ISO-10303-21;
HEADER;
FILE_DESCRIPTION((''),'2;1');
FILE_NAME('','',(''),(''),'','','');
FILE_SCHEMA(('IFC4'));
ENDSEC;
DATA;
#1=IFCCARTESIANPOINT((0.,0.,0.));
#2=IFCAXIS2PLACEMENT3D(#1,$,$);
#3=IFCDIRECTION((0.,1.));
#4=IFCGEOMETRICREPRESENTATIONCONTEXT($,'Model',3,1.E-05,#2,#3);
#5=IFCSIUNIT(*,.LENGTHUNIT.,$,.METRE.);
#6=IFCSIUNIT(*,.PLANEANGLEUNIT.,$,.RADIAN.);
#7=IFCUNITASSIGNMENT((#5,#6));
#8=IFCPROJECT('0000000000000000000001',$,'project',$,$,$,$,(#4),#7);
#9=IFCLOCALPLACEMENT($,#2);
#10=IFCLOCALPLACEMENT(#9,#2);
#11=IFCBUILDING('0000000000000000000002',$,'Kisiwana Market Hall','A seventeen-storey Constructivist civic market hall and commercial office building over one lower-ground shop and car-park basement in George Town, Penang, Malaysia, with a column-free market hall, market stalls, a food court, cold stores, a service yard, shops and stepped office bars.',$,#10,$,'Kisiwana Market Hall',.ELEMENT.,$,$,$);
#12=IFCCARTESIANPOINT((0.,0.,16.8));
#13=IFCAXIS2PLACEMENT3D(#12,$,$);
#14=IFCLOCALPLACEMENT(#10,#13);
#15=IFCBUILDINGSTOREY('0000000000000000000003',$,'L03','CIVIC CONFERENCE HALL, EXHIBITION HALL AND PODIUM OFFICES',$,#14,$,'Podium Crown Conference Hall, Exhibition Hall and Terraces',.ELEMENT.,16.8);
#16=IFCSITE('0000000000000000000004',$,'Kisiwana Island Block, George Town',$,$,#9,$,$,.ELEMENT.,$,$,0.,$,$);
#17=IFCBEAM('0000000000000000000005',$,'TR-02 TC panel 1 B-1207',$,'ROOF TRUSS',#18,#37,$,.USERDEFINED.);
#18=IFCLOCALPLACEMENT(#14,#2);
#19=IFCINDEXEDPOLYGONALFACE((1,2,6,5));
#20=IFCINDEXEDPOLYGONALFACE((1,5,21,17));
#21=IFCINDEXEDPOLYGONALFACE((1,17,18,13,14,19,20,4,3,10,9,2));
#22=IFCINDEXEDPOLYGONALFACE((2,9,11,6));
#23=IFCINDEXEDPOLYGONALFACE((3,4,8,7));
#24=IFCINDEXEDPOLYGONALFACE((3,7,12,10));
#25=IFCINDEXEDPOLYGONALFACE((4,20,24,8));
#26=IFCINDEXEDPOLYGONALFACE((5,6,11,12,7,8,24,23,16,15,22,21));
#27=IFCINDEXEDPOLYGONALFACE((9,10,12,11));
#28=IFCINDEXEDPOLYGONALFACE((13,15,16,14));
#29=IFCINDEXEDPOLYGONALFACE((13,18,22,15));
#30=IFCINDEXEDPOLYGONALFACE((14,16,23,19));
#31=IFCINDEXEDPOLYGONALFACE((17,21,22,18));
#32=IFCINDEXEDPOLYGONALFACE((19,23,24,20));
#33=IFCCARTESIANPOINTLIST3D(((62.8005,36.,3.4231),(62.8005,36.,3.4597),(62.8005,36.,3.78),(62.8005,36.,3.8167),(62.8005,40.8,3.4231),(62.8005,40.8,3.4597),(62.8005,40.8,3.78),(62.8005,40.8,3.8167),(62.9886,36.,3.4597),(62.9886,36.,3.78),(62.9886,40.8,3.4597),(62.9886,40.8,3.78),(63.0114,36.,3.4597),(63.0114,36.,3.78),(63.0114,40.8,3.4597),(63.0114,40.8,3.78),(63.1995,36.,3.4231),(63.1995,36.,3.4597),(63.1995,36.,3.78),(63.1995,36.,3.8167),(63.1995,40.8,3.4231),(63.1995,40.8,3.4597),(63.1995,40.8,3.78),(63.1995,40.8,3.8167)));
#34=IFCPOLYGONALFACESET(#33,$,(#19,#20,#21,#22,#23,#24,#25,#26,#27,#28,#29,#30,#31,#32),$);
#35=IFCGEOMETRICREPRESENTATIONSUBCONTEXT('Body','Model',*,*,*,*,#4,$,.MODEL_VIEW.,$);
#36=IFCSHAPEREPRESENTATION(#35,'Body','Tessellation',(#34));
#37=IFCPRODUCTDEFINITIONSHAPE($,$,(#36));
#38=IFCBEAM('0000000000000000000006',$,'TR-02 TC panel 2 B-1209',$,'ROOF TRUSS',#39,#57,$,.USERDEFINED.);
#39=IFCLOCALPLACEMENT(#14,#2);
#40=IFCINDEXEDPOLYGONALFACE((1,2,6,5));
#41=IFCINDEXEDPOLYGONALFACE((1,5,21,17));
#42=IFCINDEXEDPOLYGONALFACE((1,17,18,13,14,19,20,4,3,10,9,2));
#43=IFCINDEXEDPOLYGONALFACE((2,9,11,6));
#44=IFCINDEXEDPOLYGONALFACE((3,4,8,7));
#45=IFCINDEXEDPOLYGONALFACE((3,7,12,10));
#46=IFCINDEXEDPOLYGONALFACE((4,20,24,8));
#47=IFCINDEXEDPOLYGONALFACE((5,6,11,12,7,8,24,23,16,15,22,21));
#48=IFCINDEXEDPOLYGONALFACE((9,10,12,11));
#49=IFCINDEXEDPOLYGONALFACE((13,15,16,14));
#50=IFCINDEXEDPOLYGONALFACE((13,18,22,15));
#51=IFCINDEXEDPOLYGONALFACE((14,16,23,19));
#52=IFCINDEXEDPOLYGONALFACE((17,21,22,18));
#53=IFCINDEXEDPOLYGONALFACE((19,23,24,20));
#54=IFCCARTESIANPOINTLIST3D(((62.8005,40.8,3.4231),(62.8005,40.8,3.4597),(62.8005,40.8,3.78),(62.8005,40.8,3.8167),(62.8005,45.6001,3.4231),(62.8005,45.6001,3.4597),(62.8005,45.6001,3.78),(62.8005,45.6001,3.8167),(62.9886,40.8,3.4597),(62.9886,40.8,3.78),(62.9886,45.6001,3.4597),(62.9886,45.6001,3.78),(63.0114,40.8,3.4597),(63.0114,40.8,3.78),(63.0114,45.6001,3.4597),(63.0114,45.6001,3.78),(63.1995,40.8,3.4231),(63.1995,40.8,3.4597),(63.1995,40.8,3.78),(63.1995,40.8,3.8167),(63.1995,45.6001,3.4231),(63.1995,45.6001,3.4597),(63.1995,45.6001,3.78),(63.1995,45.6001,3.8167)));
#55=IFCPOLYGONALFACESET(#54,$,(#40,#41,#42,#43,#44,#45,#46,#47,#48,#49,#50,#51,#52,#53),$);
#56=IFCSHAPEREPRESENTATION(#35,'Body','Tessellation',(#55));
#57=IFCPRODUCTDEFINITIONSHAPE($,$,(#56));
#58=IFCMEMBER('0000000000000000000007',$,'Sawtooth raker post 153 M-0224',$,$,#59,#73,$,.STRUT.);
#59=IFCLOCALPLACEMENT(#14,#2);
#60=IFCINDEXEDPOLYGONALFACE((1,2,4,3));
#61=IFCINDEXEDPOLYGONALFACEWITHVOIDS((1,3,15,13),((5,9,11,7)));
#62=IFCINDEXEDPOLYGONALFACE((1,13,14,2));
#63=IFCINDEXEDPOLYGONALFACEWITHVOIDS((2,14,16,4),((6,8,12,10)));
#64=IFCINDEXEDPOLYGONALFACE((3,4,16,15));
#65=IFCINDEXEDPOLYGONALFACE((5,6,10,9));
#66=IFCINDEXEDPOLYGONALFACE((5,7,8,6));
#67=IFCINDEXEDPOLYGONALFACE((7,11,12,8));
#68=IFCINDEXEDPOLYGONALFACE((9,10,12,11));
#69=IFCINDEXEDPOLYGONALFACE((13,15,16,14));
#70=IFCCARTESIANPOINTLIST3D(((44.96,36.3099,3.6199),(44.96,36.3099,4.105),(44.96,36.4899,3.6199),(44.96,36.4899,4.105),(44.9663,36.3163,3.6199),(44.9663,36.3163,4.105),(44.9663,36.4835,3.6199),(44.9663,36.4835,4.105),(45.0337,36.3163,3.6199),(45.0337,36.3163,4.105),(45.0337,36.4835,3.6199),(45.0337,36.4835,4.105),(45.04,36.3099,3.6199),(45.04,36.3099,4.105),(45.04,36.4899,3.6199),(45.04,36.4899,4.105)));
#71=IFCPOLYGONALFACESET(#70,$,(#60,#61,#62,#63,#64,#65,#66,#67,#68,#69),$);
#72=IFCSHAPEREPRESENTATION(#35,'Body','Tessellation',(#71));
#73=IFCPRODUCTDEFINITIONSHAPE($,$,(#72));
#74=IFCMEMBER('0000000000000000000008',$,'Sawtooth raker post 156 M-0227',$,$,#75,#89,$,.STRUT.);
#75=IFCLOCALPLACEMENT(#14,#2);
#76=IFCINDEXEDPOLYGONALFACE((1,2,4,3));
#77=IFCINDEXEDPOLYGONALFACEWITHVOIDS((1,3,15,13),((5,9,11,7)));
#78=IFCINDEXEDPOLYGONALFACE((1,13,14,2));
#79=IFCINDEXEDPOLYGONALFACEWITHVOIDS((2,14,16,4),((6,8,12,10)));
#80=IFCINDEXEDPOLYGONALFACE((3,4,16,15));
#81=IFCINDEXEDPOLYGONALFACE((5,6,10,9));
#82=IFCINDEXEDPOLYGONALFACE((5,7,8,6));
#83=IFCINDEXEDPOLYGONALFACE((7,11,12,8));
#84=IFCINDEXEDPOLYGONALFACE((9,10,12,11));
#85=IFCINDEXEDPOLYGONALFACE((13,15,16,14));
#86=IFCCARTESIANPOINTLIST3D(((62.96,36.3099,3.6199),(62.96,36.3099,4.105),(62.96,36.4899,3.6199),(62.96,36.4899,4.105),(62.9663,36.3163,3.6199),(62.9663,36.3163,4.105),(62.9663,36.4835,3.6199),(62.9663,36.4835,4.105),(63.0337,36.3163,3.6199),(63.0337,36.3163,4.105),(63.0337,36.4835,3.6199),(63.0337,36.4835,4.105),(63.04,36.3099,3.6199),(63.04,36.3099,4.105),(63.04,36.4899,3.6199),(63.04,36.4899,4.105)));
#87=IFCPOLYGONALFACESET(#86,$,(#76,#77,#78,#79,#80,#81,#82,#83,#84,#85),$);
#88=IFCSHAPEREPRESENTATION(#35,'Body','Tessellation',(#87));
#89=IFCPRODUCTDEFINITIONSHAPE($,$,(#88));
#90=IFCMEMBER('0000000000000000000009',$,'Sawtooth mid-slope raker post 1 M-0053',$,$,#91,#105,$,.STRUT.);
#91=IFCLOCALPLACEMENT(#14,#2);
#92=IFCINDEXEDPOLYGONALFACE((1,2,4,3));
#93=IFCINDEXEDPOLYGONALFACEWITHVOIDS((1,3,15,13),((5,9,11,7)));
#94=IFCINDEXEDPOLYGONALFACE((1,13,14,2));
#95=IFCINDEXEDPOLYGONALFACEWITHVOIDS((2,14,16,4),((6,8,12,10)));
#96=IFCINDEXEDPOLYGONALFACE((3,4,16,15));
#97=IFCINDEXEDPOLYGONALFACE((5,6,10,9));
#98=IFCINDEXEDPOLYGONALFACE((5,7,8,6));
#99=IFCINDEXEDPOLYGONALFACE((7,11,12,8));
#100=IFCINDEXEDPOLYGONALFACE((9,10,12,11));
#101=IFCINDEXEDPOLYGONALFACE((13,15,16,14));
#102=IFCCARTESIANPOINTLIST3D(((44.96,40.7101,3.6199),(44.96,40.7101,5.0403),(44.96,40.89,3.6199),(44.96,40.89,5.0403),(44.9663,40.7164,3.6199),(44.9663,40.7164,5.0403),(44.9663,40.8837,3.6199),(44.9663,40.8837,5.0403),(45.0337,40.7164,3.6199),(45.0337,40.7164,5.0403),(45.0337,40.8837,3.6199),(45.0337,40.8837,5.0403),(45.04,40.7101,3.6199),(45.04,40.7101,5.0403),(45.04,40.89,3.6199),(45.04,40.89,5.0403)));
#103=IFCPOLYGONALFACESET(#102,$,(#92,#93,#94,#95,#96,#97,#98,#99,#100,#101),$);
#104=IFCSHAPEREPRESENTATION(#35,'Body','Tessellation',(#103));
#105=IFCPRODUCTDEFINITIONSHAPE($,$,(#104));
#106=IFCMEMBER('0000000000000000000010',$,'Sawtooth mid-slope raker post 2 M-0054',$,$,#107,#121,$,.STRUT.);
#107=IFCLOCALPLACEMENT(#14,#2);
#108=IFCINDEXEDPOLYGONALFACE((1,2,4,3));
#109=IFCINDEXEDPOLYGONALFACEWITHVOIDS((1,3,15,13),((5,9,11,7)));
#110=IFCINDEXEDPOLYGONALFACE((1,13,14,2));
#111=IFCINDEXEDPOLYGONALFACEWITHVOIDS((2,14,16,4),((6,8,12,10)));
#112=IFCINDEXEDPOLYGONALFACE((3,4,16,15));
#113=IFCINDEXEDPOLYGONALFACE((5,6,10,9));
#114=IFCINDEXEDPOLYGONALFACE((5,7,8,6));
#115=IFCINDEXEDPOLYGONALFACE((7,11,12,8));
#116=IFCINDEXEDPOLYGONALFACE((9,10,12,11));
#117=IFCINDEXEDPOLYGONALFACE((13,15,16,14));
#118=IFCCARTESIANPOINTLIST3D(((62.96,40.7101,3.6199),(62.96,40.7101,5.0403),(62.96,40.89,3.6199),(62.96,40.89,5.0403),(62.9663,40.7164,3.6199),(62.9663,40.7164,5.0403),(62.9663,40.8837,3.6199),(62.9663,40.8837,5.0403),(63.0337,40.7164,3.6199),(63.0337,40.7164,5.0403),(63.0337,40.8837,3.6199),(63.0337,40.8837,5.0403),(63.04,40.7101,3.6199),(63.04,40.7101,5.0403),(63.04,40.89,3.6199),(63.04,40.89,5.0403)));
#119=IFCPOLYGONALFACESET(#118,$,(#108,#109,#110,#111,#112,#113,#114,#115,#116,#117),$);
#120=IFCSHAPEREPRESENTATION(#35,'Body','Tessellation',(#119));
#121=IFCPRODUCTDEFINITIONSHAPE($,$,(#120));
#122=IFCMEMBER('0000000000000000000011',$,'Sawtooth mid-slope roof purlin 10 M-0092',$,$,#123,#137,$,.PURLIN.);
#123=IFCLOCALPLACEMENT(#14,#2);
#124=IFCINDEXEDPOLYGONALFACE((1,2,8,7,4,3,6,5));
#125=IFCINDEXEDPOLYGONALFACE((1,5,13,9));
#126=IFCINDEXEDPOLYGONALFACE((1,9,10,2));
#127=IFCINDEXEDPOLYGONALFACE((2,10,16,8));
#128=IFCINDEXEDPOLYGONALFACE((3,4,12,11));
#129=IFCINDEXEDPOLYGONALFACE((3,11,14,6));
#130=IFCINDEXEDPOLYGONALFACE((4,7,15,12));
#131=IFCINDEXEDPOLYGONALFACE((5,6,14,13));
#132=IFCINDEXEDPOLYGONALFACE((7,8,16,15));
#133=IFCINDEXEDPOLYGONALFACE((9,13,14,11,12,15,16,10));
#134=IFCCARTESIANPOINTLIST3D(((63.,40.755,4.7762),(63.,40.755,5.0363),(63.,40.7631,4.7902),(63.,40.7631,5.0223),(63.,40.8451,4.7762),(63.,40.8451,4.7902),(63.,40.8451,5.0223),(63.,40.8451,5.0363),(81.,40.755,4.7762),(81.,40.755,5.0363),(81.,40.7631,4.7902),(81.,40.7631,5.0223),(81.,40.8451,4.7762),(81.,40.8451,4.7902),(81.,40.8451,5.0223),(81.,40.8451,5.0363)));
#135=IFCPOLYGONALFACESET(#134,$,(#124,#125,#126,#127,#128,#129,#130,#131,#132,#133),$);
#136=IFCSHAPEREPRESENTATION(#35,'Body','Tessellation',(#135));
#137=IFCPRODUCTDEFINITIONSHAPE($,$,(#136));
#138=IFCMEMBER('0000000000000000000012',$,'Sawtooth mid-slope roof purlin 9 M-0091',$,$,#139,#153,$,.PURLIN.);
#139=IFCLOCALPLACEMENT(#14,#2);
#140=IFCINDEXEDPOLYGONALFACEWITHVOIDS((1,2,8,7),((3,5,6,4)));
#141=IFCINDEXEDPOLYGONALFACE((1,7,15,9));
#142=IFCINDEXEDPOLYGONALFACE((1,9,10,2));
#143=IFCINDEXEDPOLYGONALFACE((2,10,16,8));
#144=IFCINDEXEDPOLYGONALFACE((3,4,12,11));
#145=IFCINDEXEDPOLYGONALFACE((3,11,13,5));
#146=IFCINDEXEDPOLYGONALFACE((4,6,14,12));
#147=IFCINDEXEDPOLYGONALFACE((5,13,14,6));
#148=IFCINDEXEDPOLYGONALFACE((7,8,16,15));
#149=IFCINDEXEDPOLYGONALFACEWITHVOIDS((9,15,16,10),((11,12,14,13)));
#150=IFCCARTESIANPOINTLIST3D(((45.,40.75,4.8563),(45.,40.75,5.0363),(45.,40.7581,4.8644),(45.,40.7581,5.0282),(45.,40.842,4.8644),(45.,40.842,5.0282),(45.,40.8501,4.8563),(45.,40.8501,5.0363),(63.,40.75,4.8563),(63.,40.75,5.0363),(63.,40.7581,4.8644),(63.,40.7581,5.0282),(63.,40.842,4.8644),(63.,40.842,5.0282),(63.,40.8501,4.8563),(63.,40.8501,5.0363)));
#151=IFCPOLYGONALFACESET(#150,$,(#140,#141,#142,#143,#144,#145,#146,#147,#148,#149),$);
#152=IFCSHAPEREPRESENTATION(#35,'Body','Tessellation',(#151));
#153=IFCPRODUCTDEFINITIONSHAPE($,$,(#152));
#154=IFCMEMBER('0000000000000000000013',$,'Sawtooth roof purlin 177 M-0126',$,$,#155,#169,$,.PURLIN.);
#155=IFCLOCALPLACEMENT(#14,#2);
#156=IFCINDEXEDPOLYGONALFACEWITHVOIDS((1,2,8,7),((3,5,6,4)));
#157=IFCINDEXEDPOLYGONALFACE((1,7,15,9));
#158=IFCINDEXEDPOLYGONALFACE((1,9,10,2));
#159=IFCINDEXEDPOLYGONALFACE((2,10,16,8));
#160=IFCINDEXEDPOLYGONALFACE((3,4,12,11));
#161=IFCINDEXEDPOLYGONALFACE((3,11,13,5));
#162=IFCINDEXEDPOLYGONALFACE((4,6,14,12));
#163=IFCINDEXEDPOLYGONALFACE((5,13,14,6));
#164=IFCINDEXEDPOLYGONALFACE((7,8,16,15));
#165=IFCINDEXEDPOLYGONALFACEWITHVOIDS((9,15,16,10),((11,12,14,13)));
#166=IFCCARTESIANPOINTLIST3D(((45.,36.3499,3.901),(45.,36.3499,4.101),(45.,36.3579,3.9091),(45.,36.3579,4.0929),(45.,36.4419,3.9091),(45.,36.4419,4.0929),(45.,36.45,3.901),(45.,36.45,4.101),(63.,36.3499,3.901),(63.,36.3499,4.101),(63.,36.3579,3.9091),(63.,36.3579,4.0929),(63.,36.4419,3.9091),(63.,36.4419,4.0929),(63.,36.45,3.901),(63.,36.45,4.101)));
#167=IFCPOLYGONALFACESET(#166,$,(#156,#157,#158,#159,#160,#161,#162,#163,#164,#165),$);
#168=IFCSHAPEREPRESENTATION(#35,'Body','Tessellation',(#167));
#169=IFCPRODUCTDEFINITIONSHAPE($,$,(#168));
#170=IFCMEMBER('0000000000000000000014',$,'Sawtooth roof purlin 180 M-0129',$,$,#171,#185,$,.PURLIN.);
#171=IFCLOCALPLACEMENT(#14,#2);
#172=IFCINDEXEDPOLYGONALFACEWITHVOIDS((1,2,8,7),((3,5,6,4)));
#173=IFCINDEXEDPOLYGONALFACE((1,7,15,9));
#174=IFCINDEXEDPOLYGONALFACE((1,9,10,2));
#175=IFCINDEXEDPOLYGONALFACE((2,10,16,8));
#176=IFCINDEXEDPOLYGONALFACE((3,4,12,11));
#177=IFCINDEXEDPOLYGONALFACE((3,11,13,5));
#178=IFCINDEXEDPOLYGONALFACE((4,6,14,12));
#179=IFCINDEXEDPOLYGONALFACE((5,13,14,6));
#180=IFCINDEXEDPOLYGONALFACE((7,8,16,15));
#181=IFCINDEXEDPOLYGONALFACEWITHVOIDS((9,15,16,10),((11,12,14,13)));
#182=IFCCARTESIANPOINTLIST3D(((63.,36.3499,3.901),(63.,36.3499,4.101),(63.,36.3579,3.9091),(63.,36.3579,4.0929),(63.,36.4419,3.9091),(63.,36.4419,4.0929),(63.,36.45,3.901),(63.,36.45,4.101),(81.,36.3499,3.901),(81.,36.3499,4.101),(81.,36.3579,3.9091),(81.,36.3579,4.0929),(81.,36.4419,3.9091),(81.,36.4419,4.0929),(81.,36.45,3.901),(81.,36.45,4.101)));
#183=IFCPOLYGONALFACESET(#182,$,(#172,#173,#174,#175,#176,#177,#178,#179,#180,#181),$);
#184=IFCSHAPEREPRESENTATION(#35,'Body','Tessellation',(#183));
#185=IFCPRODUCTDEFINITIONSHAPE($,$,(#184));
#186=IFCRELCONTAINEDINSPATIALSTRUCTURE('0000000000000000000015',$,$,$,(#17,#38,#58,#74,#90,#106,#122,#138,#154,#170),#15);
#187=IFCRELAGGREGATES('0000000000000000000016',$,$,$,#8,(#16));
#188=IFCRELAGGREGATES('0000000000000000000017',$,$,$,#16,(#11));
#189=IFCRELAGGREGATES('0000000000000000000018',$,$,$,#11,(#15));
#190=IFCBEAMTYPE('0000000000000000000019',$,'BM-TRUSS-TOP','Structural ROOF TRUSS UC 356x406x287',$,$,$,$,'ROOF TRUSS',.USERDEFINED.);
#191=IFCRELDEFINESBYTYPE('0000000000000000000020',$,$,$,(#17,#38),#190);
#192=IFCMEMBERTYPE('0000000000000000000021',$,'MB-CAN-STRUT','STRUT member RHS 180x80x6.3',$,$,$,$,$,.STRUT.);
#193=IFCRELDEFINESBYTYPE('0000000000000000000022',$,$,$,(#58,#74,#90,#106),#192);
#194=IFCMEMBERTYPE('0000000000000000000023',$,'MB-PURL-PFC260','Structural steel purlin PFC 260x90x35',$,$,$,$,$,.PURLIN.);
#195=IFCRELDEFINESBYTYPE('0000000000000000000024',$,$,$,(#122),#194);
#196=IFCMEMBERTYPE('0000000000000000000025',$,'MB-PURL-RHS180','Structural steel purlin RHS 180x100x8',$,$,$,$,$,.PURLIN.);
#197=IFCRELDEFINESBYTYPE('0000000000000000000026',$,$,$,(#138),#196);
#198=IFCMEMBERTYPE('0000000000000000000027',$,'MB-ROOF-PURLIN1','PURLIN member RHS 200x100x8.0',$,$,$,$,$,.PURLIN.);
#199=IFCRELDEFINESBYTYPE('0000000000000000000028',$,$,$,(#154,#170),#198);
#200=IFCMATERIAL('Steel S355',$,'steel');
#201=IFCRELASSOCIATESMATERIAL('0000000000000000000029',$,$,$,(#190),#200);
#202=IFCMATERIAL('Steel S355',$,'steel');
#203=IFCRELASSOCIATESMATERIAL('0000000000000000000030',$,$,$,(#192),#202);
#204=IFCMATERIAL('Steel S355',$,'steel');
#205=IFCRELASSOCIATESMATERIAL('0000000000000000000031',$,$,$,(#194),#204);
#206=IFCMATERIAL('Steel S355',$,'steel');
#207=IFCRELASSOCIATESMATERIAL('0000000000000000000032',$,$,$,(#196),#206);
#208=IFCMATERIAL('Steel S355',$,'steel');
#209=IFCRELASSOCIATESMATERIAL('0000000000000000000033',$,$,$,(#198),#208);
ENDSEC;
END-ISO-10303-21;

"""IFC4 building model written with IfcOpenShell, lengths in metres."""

from ifc_helpers import new_model, si_unit, direction, frame, origin, origin_2d, place, context, subcontext, project, spatial, hollow_rectangle, i_section, u_section, extrude, material, material_profile, profile_set, type_object, element, save


model = new_model("IFC4")

# Units and contexts
model_context = context("Model", 3, precision=1e-05, world=origin(), true_north=direction((0.0, 1.0)))
body_context = subcontext(model_context, "Body", "Model", "MODEL_VIEW")
ifc_project = project(units=[si_unit("LENGTHUNIT", "METRE"), si_unit("PLANEANGLEUNIT", "RADIAN")], contexts=[model_context])

# Site, building, storey
site_placement = place(None, origin())
site = spatial("IfcSite", under=ifc_project, at=site_placement, Name="Kisiwana Island Block, George Town", CompositionType="ELEMENT", RefElevation=0.0)
building_placement = place(site_placement, origin())
building = spatial("IfcBuilding", under=site, at=building_placement, Name="Kisiwana Market Hall", Description="A seventeen-storey Constructivist civic market hall and commercial office building over one lower-ground shop and car-park basement in George Town, Penang, Malaysia, with a column-free market hall, market stalls, a food court, cold stores, a service yard, shops and stepped office bars.", LongName="Kisiwana Market Hall", CompositionType="ELEMENT")
storey_placement = place(building_placement, frame((0.0, 0.0, 16.8)))
storey = spatial("IfcBuildingStorey", under=building, at=storey_placement, Name="L03", Description="CIVIC CONFERENCE HALL, EXHIBITION HALL AND PODIUM OFFICES", LongName="Podium Crown Conference Hall, Exhibition Hall and Terraces", CompositionType="ELEMENT", Elevation=16.8)

# Beams
ifc_material_1 = material(Name="Steel S355", Category="steel")
ifc_material_profile_1 = material_profile(ifc_material_1, i_section(OverallWidth=0.3989, OverallDepth=0.3936, WebThickness=0.0227, FlangeThickness=0.0366, at=origin_2d()), Name="UC 356x406x287")
ifc_profile_set_1 = profile_set([ifc_material_profile_1], Name="Steel S355")
beam_type_1 = type_object("IfcBeamType", Name="BM-TRUSS-TOP", Description="Structural ROOF TRUSS UC 356x406x287", ElementType="ROOF TRUSS", PredefinedType="USERDEFINED", material=ifc_profile_set_1)
for number, where, z_axis, x_axis, name in (
    (1, (63.0, 36.0, 3.6199), (0.0, 1.0, 0.0), (-1.0, 0.0, 0.0), "TR-02 TC panel 1 B-1207"),
    (2, (63.0, 40.8, 3.6199), (0.0, 1.0, 0.0), (-1.0, 0.0, 0.0), "TR-02 TC panel 2 B-1209"),
):
    element("IfcBeam", number, at=place(storey_placement, frame(where, z_axis=z_axis, x_axis=x_axis)), inside=storey, type_object=beam_type_1, Name=name, ObjectType="ROOF TRUSS", PredefinedType="USERDEFINED", context=body_context, shape_type="SweptSolid", body=[
        extrude(i_section(OverallWidth=0.3989, OverallDepth=0.3936, WebThickness=0.0227, FlangeThickness=0.0366, at=origin_2d()), origin(), (0.0, 0.0, 1.0), 4.8),
    ])

# Members
ifc_material_2 = material(Name="Steel S355", Category="steel")
ifc_material_profile_2 = material_profile(ifc_material_2, hollow_rectangle(XDim=0.0801, YDim=0.1799, WallThickness=0.0063, at=origin_2d()), Name="RHS 180x80x6.3")
ifc_profile_set_2 = profile_set([ifc_material_profile_2], Name="Steel S355")
member_type_1 = type_object("IfcMemberType", Name="MB-CAN-STRUT", Description="STRUT member RHS 180x80x6.3", PredefinedType="STRUT", material=ifc_profile_set_2)
for number, where, z_axis, x_axis, name in (
    (3, (45.0, 36.3999, 3.6199), (0.0, 0.0, 1.0), (1.0, 0.0, 0.0), "Sawtooth raker post 153 M-0224"),
    (4, (63.0, 36.3999, 3.6199), (0.0, 0.0, 1.0), (1.0, 0.0, 0.0), "Sawtooth raker post 156 M-0227"),
):
    element("IfcMember", number, at=place(storey_placement, frame(where, z_axis=z_axis, x_axis=x_axis)), inside=storey, type_object=member_type_1, Name=name, PredefinedType="STRUT", context=body_context, shape_type="SweptSolid", body=[
        extrude(hollow_rectangle(XDim=0.0801, YDim=0.1799, WallThickness=0.0063, at=origin_2d()), origin(), (0.0, 0.0, 1.0), 0.4851),
    ])
for number, where, z_axis, x_axis, name in (
    (5, (45.0, 40.8, 3.6199), (0.0, 0.0, 1.0), (1.0, 0.0, 0.0), "Sawtooth mid-slope raker post 1 M-0053"),
    (6, (63.0, 40.8, 3.6199), (0.0, 0.0, 1.0), (1.0, 0.0, 0.0), "Sawtooth mid-slope raker post 2 M-0054"),
):
    element("IfcMember", number, at=place(storey_placement, frame(where, z_axis=z_axis, x_axis=x_axis)), inside=storey, type_object=member_type_1, Name=name, PredefinedType="STRUT", context=body_context, shape_type="SweptSolid", body=[
        extrude(hollow_rectangle(XDim=0.0801, YDim=0.1799, WallThickness=0.0063, at=origin_2d()), origin(), (0.0, 0.0, 1.0), 1.4204),
    ])
ifc_material_3 = material(Name="Steel S355", Category="steel")
ifc_material_profile_3 = material_profile(ifc_material_3, u_section(Depth=0.26, FlangeWidth=0.0901, WebThickness=0.0081, FlangeThickness=0.0139, at=origin_2d()), Name="PFC 260x90x35")
ifc_profile_set_3 = profile_set([ifc_material_profile_3], Name="Steel S355")
member_type_2 = type_object("IfcMemberType", Name="MB-PURL-PFC260", Description="Structural steel purlin PFC 260x90x35", PredefinedType="PURLIN", material=ifc_profile_set_3)
member_1_placement = place(storey_placement, frame((63.0, 40.8, 4.9062), z_axis=(1.0, 0.0, 0.0), x_axis=(0.0, 1.0, 0.0)))
element("IfcMember", 7, at=member_1_placement, inside=storey, type_object=member_type_2, Name="Sawtooth mid-slope roof purlin 10 M-0092", PredefinedType="PURLIN", context=body_context, shape_type="SweptSolid", body=[
    extrude(u_section(Depth=0.26, FlangeWidth=0.0901, WebThickness=0.0081, FlangeThickness=0.0139, at=origin_2d()), origin(), (0.0, 0.0, 1.0), 18.0),
])
ifc_material_4 = material(Name="Steel S355", Category="steel")
ifc_material_profile_4 = material_profile(ifc_material_4, hollow_rectangle(XDim=0.1001, YDim=0.1799, WallThickness=0.0081, at=origin_2d()), Name="RHS 180x100x8")
ifc_profile_set_4 = profile_set([ifc_material_profile_4], Name="Steel S355")
member_type_3 = type_object("IfcMemberType", Name="MB-PURL-RHS180", Description="Structural steel purlin RHS 180x100x8", PredefinedType="PURLIN", material=ifc_profile_set_4)
member_2_placement = place(storey_placement, frame((45.0, 40.8, 4.9463), z_axis=(1.0, 0.0, 0.0), x_axis=(0.0, 1.0, 0.0)))
element("IfcMember", 8, at=member_2_placement, inside=storey, type_object=member_type_3, Name="Sawtooth mid-slope roof purlin 9 M-0091", PredefinedType="PURLIN", context=body_context, shape_type="SweptSolid", body=[
    extrude(hollow_rectangle(XDim=0.1001, YDim=0.1799, WallThickness=0.0081, at=origin_2d()), origin(), (0.0, 0.0, 1.0), 18.0),
])
ifc_material_5 = material(Name="Steel S355", Category="steel")
ifc_material_profile_5 = material_profile(ifc_material_5, hollow_rectangle(XDim=0.1001, YDim=0.2, WallThickness=0.0081, at=origin_2d()), Name="RHS 200x100x8.0")
ifc_profile_set_5 = profile_set([ifc_material_profile_5], Name="Steel S355")
member_type_4 = type_object("IfcMemberType", Name="MB-ROOF-PURLIN1", Description="PURLIN member RHS 200x100x8.0", PredefinedType="PURLIN", material=ifc_profile_set_5)
for number, where, z_axis, x_axis, name in (
    (9, (45.0, 36.3999, 4.001), (1.0, 0.0, 0.0), (0.0, 1.0, 0.0), "Sawtooth roof purlin 177 M-0126"),
    (10, (63.0, 36.3999, 4.001), (1.0, 0.0, 0.0), (0.0, 1.0, 0.0), "Sawtooth roof purlin 180 M-0129"),
):
    element("IfcMember", number, at=place(storey_placement, frame(where, z_axis=z_axis, x_axis=x_axis)), inside=storey, type_object=member_type_4, Name=name, PredefinedType="PURLIN", context=body_context, shape_type="SweptSolid", body=[
        extrude(hollow_rectangle(XDim=0.1001, YDim=0.2, WallThickness=0.0081, at=origin_2d()), origin(), (0.0, 0.0, 1.0), 18.0),
    ])

save(model, "model.ifc")
